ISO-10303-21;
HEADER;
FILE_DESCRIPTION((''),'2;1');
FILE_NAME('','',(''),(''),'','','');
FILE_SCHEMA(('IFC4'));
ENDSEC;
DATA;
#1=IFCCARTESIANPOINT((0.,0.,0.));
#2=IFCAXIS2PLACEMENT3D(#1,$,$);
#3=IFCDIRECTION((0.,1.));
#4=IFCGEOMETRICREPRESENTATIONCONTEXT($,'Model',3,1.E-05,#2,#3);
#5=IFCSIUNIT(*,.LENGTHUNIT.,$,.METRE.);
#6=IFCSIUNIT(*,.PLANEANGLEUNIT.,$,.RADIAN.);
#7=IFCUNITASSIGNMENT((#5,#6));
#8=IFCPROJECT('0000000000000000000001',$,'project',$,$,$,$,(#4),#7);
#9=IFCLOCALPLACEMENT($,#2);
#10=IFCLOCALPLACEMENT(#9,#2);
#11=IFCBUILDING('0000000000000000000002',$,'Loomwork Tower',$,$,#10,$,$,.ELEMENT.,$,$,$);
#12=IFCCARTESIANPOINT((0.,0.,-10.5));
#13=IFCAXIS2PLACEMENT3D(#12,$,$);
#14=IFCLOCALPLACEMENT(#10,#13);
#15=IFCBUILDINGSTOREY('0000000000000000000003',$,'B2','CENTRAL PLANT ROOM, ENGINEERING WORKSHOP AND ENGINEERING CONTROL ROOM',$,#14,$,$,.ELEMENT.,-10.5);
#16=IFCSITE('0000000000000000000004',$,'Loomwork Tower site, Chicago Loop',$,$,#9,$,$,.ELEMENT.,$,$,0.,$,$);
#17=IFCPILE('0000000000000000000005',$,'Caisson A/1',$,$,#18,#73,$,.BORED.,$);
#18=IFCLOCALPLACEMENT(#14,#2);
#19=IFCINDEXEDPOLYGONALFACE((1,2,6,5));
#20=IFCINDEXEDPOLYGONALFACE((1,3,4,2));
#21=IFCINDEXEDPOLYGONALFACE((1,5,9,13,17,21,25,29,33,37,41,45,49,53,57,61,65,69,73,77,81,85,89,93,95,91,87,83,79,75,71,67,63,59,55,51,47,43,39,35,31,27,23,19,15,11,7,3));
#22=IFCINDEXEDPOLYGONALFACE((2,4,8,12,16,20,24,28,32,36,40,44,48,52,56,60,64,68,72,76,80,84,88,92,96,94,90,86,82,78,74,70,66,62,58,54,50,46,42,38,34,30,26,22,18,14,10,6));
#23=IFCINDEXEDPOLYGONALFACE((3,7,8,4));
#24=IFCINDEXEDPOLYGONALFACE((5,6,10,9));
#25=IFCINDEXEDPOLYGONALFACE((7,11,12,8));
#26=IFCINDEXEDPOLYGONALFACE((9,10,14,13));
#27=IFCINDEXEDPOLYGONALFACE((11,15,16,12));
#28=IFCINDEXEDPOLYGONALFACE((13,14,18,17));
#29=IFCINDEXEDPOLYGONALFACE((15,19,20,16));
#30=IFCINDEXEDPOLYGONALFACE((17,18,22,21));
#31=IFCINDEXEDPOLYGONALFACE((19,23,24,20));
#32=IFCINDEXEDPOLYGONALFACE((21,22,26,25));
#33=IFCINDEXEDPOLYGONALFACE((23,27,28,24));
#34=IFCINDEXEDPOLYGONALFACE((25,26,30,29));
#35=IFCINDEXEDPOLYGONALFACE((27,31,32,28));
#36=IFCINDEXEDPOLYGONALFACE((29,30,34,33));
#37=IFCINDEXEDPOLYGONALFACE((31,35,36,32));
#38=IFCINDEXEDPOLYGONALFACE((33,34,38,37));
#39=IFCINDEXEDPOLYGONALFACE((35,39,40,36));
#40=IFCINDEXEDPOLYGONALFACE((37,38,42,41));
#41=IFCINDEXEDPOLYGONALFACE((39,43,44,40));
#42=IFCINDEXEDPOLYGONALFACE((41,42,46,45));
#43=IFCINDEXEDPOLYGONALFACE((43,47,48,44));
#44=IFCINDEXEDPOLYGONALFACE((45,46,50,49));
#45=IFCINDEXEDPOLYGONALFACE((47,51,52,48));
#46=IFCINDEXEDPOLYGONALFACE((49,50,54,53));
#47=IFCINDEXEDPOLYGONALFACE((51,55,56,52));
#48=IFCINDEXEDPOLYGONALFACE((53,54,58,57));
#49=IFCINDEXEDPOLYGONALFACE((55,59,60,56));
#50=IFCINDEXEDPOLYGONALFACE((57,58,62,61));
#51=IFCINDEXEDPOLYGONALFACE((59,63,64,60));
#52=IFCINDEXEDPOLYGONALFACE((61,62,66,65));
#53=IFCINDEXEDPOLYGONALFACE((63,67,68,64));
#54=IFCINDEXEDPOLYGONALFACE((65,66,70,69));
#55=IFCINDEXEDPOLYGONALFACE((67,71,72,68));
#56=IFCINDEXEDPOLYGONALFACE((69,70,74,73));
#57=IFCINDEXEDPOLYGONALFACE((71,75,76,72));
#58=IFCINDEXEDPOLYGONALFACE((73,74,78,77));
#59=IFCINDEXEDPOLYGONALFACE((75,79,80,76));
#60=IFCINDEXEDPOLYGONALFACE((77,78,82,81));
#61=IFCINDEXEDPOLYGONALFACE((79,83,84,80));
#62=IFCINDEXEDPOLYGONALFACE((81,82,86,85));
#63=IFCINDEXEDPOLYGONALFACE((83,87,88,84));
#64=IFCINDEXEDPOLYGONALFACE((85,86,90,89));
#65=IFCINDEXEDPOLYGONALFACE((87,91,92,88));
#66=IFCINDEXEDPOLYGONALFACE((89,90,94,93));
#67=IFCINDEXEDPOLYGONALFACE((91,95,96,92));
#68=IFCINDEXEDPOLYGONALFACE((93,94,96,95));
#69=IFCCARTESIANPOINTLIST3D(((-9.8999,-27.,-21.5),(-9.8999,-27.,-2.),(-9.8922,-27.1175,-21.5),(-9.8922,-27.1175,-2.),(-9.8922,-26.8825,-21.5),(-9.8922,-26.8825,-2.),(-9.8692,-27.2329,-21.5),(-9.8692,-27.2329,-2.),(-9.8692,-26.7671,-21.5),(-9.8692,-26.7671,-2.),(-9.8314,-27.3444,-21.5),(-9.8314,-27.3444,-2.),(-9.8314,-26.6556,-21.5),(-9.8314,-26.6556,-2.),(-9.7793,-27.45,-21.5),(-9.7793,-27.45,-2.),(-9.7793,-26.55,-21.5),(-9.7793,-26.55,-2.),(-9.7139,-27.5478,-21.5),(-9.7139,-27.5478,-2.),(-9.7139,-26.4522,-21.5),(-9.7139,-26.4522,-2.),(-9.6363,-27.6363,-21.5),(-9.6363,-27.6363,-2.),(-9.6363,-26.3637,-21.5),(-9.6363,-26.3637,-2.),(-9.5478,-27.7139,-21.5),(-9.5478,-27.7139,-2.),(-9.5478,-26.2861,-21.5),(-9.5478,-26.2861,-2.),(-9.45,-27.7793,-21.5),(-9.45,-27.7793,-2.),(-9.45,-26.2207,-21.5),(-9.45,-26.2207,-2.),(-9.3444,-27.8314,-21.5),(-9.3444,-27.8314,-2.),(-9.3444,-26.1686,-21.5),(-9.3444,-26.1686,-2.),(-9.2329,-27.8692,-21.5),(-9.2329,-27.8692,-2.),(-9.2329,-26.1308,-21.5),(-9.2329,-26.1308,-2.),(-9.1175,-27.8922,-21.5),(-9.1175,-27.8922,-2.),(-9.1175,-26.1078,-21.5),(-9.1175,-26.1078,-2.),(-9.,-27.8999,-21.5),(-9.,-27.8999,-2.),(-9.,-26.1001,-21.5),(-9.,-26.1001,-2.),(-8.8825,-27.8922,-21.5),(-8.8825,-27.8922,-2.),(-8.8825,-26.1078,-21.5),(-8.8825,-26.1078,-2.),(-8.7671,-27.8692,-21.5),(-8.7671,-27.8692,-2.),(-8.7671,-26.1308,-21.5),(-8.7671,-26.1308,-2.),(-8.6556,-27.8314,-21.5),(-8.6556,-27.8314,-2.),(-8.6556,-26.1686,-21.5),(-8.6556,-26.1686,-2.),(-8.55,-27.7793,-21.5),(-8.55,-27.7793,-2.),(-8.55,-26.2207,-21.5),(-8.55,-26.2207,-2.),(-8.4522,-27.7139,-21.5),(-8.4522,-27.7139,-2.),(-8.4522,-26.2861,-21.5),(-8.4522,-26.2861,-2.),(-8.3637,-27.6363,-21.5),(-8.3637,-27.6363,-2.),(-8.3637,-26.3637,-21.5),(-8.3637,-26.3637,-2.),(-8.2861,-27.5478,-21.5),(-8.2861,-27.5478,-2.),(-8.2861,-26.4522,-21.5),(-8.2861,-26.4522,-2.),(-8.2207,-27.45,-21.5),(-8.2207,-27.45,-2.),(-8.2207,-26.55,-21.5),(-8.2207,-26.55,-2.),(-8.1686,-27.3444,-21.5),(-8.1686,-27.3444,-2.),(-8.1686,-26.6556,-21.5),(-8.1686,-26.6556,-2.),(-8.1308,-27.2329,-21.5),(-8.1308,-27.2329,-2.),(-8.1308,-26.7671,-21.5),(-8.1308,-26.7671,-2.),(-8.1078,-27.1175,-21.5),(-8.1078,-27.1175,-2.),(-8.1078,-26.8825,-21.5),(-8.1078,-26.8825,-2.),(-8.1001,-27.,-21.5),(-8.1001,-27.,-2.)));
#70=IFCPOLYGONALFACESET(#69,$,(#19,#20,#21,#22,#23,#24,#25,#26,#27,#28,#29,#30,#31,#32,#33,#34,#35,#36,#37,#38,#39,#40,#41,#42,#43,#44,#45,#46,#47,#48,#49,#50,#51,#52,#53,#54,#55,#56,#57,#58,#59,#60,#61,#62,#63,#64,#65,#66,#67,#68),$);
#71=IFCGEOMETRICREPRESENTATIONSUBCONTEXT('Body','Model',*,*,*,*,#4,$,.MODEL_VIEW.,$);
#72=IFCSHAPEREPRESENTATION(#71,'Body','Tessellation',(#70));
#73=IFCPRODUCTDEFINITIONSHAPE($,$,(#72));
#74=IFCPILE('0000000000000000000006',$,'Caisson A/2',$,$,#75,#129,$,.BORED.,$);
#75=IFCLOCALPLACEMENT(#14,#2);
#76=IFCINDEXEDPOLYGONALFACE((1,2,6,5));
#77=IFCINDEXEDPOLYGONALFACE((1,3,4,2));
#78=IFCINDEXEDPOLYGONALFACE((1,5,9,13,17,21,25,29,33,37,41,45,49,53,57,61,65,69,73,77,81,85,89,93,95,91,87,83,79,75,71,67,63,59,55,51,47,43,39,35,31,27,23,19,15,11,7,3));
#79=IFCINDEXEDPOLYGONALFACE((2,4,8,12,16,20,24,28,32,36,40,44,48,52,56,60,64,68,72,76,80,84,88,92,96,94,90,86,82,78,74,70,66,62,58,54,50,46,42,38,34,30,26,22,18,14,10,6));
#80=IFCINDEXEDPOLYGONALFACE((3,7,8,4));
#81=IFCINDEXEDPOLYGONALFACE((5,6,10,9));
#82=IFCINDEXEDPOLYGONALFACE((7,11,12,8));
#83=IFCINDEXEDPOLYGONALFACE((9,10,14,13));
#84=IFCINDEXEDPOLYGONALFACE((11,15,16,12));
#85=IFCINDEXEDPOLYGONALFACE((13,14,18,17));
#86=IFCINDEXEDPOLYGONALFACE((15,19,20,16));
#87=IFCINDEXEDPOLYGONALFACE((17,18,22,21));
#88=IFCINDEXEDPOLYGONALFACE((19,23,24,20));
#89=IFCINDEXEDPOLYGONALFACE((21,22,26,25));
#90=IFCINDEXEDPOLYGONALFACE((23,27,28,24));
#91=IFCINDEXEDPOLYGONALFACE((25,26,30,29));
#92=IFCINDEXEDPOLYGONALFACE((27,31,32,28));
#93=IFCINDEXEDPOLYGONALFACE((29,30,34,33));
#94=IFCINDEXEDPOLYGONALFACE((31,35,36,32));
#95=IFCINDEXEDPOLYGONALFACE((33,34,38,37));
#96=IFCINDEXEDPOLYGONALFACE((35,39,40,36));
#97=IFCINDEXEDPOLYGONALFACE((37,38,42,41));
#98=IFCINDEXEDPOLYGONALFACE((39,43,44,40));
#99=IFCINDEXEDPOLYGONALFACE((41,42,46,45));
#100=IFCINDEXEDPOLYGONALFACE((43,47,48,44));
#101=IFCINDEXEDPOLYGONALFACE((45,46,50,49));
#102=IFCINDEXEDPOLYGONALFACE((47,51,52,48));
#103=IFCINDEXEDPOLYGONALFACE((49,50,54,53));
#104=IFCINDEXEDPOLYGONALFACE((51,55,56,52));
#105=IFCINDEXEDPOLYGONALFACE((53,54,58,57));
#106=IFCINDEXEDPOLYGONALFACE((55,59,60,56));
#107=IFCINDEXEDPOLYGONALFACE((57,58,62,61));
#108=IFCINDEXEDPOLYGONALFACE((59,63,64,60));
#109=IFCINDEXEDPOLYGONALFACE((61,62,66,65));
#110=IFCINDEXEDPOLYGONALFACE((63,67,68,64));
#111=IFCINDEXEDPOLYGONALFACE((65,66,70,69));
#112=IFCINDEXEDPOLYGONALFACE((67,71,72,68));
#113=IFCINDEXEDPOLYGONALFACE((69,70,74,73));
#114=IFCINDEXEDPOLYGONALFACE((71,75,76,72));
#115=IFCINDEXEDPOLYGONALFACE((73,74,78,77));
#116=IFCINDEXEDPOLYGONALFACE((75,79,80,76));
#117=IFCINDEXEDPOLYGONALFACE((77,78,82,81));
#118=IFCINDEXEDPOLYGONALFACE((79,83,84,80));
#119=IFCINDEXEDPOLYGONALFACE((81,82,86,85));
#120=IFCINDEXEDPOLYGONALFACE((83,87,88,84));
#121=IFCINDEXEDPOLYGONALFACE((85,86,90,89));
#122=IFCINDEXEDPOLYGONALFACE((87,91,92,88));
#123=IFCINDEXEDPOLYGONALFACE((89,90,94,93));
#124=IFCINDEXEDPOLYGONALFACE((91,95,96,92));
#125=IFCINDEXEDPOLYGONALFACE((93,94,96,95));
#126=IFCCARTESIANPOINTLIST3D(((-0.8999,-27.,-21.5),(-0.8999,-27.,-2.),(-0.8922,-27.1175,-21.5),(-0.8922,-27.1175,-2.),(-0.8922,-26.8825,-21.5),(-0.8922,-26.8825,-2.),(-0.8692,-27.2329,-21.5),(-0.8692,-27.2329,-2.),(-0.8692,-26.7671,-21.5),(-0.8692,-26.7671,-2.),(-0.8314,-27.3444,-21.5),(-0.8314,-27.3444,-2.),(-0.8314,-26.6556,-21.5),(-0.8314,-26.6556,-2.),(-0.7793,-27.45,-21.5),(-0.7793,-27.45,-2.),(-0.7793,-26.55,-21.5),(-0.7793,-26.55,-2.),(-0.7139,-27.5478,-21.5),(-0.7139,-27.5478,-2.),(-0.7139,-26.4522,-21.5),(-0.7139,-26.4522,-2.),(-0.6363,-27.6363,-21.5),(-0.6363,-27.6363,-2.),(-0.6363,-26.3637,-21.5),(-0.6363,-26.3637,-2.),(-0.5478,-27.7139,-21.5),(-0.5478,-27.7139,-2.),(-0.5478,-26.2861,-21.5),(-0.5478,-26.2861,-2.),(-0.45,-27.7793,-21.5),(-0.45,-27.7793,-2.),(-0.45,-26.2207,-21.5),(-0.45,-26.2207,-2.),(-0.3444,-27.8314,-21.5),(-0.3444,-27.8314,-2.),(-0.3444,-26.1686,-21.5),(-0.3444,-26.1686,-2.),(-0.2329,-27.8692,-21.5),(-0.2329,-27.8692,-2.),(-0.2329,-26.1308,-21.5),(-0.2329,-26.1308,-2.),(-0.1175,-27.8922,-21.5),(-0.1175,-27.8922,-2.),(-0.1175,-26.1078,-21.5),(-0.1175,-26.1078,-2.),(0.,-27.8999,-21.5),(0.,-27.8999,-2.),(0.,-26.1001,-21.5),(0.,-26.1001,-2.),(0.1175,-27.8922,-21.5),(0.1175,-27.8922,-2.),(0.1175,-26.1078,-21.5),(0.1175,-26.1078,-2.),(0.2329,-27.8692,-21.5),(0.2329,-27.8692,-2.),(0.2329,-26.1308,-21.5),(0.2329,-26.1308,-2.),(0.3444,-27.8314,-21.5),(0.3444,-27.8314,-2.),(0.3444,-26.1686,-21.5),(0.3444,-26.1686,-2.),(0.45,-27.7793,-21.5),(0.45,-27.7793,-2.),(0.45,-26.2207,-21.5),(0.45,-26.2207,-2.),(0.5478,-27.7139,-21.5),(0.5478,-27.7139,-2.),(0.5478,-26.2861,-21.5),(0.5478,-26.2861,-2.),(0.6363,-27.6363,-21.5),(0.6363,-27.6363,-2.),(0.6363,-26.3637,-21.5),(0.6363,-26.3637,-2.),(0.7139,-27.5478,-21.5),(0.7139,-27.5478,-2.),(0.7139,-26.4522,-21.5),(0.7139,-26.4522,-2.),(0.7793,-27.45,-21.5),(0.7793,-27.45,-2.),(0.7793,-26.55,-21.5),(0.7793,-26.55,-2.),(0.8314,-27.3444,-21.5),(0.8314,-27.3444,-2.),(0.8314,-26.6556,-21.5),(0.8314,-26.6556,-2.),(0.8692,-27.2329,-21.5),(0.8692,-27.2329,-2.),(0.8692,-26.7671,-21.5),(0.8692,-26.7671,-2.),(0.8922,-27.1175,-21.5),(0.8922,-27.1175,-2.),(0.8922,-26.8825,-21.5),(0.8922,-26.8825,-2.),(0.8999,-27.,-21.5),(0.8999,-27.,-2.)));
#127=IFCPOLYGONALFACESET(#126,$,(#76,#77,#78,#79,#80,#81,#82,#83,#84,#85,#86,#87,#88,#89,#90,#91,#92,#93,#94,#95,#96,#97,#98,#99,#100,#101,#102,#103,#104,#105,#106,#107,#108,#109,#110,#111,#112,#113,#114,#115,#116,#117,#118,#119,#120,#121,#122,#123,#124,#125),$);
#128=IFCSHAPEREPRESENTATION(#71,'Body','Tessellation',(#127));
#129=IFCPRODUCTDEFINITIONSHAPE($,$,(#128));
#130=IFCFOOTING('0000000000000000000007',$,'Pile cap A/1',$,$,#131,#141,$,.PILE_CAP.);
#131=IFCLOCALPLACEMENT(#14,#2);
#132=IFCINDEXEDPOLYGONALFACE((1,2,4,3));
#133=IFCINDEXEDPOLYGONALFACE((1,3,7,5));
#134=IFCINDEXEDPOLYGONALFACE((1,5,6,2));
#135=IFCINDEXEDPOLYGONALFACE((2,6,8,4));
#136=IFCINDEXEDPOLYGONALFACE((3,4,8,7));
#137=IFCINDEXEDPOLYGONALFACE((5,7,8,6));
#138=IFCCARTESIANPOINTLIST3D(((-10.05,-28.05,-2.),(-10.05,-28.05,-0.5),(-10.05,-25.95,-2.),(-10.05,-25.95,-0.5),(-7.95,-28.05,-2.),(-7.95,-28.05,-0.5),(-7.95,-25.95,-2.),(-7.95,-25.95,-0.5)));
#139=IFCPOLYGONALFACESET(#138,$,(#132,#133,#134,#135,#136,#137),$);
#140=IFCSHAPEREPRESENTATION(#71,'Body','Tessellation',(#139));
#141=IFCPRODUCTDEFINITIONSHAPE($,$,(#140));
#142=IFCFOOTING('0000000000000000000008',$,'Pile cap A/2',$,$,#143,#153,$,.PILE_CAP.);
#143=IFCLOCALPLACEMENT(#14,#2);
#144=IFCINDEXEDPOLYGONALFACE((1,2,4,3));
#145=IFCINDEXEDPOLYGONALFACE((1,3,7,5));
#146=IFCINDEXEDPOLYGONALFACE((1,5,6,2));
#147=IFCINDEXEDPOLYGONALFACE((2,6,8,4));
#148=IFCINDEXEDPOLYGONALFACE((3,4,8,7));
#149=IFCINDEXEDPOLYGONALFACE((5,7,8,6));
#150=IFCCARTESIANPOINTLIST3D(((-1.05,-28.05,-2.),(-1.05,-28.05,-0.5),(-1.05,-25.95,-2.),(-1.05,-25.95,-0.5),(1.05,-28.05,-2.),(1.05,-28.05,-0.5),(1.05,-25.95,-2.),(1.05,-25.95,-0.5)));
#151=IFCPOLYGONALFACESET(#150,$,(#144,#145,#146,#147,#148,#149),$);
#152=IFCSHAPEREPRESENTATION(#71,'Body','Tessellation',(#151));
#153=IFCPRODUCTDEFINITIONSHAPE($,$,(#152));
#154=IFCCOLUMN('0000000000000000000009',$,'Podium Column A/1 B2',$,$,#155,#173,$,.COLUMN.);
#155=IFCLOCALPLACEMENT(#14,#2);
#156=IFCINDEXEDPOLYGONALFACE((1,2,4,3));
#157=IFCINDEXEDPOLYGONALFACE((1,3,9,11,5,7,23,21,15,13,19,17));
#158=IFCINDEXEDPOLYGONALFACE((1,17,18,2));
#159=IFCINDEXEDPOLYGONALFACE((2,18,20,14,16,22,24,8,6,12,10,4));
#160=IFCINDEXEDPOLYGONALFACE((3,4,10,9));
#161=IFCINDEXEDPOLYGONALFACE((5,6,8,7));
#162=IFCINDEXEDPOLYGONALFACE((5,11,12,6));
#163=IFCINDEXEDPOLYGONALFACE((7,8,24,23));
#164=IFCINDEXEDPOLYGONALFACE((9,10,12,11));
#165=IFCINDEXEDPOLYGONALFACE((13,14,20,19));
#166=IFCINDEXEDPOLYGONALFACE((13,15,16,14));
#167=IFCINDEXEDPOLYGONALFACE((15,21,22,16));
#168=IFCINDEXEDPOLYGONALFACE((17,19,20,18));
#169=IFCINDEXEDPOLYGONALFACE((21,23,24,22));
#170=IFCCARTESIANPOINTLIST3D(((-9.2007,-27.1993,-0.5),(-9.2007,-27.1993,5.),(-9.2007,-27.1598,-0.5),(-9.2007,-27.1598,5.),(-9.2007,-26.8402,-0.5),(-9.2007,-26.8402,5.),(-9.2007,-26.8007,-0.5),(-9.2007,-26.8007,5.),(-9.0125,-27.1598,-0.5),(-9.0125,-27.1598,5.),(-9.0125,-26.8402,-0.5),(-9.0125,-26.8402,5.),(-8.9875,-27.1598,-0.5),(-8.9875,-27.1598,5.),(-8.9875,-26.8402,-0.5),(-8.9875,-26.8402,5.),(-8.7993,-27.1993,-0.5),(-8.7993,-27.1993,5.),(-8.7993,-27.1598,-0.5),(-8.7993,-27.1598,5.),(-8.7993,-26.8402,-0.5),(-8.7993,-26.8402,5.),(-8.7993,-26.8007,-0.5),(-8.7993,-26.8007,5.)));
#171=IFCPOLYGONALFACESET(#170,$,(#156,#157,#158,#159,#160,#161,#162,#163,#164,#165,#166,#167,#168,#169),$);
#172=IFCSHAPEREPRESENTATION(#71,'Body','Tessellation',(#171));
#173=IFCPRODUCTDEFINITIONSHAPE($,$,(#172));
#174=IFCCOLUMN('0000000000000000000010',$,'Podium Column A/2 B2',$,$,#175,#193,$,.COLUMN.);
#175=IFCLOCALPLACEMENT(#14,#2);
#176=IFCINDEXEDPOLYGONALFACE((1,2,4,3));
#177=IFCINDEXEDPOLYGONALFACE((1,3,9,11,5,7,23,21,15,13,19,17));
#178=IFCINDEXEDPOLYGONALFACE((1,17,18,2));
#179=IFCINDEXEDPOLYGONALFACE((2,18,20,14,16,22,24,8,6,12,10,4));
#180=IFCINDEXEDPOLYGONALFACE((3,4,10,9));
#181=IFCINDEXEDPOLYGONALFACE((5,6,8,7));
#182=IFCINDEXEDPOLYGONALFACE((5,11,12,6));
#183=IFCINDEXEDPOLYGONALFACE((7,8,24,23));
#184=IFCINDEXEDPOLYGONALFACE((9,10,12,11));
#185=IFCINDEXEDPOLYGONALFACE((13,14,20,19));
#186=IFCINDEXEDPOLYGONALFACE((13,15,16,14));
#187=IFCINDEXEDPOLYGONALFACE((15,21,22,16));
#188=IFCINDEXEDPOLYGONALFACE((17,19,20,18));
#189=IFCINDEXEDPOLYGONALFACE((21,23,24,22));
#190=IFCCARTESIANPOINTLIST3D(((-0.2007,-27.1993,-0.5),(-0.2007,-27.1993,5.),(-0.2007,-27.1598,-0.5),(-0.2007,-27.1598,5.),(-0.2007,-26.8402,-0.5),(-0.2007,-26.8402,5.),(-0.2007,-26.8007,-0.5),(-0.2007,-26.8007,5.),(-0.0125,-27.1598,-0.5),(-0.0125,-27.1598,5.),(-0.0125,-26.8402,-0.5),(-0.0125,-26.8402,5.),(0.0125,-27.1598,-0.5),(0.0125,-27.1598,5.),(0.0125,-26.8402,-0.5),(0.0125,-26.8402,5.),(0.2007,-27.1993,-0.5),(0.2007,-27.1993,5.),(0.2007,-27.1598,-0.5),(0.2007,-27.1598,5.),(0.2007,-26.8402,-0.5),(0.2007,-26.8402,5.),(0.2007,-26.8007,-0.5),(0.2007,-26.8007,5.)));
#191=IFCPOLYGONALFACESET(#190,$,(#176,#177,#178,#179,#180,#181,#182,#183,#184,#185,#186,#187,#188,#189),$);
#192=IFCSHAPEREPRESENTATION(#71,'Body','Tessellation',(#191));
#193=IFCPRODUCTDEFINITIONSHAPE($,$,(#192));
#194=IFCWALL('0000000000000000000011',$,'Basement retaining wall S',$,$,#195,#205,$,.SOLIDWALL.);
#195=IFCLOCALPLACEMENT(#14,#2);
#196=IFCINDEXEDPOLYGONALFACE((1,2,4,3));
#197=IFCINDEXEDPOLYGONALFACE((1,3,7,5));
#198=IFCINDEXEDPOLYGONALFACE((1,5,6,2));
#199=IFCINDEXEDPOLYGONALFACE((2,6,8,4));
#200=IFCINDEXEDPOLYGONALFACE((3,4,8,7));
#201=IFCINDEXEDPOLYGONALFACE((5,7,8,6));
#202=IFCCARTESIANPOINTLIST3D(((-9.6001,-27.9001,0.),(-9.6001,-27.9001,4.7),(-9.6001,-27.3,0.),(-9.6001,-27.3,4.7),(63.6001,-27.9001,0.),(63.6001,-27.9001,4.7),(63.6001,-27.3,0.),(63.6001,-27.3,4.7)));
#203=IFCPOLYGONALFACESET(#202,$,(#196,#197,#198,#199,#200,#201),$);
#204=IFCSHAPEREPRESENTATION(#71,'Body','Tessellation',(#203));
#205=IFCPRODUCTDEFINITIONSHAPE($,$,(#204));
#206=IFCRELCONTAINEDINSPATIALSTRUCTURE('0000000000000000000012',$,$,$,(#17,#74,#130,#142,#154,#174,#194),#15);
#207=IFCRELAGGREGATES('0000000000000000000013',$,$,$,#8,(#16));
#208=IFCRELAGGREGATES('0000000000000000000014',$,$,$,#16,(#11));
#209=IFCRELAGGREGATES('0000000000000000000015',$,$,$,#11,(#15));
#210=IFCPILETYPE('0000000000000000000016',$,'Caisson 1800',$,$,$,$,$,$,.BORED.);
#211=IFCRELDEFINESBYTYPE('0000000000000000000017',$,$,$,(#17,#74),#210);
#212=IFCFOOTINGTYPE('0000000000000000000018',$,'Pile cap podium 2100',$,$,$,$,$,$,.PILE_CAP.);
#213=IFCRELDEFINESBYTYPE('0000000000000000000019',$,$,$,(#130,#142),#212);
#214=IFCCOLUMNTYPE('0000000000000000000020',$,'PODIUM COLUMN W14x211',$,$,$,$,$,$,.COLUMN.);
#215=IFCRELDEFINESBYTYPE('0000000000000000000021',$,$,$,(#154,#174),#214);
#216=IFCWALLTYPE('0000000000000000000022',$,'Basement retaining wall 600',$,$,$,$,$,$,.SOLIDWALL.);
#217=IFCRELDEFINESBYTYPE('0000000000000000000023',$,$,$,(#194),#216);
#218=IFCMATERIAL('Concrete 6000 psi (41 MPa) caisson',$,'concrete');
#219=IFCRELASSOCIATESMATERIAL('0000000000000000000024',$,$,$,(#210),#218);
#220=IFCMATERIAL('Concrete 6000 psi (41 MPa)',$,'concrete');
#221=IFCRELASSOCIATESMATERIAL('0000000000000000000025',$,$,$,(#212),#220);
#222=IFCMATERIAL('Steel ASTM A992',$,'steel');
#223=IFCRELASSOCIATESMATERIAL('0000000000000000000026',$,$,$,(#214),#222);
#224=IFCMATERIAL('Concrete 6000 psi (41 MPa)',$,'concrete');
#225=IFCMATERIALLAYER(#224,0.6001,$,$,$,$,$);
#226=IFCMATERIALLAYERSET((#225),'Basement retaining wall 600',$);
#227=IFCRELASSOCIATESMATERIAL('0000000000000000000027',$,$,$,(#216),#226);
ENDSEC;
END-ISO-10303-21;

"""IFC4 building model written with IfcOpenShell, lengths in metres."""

from ifc_helpers import new_model, si_unit, direction, frame, frame_2d, origin, origin_2d, place, context, subcontext, project, spatial, rectangle, circle, i_section, extrude, material, layer, layer_set, material_profile, profile_set, type_object, element, save


model = new_model("IFC4")

# Units and contexts
model_context = context("Model", 3, precision=1e-05, world=origin(), true_north=direction((0.0, 1.0)))
body_context = subcontext(model_context, "Body", "Model", "MODEL_VIEW")
ifc_project = project(units=[si_unit("LENGTHUNIT", "METRE"), si_unit("PLANEANGLEUNIT", "RADIAN")], contexts=[model_context])

# Site, building, storey
site_placement = place(None, origin())
site = spatial("IfcSite", under=ifc_project, at=site_placement, Name="Loomwork Tower site, Chicago Loop", CompositionType="ELEMENT", RefElevation=0.0)
building_placement = place(site_placement, origin())
building = spatial("IfcBuilding", under=site, at=building_placement, Name="Loomwork Tower", CompositionType="ELEMENT")
storey_placement = place(building_placement, frame((0.0, 0.0, -10.5)))
storey = spatial("IfcBuildingStorey", under=building, at=storey_placement, Name="B2", Description="CENTRAL PLANT ROOM, ENGINEERING WORKSHOP AND ENGINEERING CONTROL ROOM", CompositionType="ELEMENT", Elevation=-10.5)

# Piles
ifc_material_1 = material(Name="Concrete 6000 psi (41 MPa) caisson", Category="concrete")
ifc_material_profile_1 = material_profile(ifc_material_1, circle(Radius=0.8999, at=origin_2d()), Name="D1800")
ifc_profile_set_1 = profile_set([ifc_material_profile_1], Name="Concrete 6000 psi (41 MPa) caisson")
pile_type = type_object("IfcPileType", Name="Caisson 1800", PredefinedType="BORED", material=ifc_profile_set_1)
for number, where, z_axis, x_axis, name in (
    (1, (-9.0, -27.0, -2.0), (0.0, 0.0, -1.0), (1.0, 0.0, 0.0), "Caisson A/1"),
    (2, (0.0, -27.0, -2.0), (0.0, 0.0, -1.0), (1.0, 0.0, 0.0), "Caisson A/2"),
):
    element("IfcPile", number, at=place(storey_placement, frame(where, z_axis=z_axis, x_axis=x_axis)), inside=storey, type_object=pile_type, Name=name, PredefinedType="BORED", context=body_context, shape_type="SweptSolid", body=[
        extrude(circle(Radius=0.8999, at=origin_2d()), origin(), (0.0, 0.0, 1.0), 19.5),
    ])

# Footings
ifc_material_2 = material(Name="Concrete 6000 psi (41 MPa)", Category="concrete")
footing_type = type_object("IfcFootingType", Name="Pile cap podium 2100", PredefinedType="PILE_CAP", material=ifc_material_2)
for number, where, z_axis, x_axis, name in (
    (3, (-9.0, -27.0, -2.0), (0.0, 0.0, 1.0), (1.0, 0.0, 0.0), "Pile cap A/1"),
    (4, (0.0, -27.0, -2.0), (0.0, 0.0, 1.0), (1.0, 0.0, 0.0), "Pile cap A/2"),
):
    element("IfcFooting", number, at=place(storey_placement, frame(where, z_axis=z_axis, x_axis=x_axis)), inside=storey, type_object=footing_type, Name=name, PredefinedType="PILE_CAP", context=body_context, shape_type="SweptSolid", body=[
        extrude(rectangle(XDim=2.1001, YDim=2.1001, at=origin_2d()), origin(), (0.0, 0.0, 1.0), 1.5),
    ])

# Columns
ifc_material_3 = material(Name="Steel ASTM A992", Category="steel")
ifc_material_profile_2 = material_profile(ifc_material_3, i_section(OverallWidth=0.4014, OverallDepth=0.3987, WebThickness=0.0249, FlangeThickness=0.0396, at=origin_2d()), Name="W14x211")
ifc_profile_set_2 = profile_set([ifc_material_profile_2], Name="Steel ASTM A992")
column_type = type_object("IfcColumnType", Name="PODIUM COLUMN W14x211", PredefinedType="COLUMN", material=ifc_profile_set_2)
for number, where, z_axis, x_axis, name in (
    (5, (-9.0, -27.0, -0.5), (0.0, 0.0, 1.0), (1.0, 0.0, 0.0), "Podium Column A/1 B2"),
    (6, (0.0, -27.0, -0.5), (0.0, 0.0, 1.0), (1.0, 0.0, 0.0), "Podium Column A/2 B2"),
):
    element("IfcColumn", number, at=place(storey_placement, frame(where, z_axis=z_axis, x_axis=x_axis)), inside=storey, type_object=column_type, Name=name, PredefinedType="COLUMN", context=body_context, shape_type="SweptSolid", body=[
        extrude(i_section(OverallWidth=0.4014, OverallDepth=0.3987, WebThickness=0.0249, FlangeThickness=0.0396, at=origin_2d()), origin(), (0.0, 0.0, 1.0), 5.5),
    ])

# Wall
ifc_material_4 = material(Name="Concrete 6000 psi (41 MPa)", Category="concrete")
ifc_layer_1 = layer(ifc_material_4, 0.6001)
ifc_layer_set_1 = layer_set([ifc_layer_1], Name="Basement retaining wall 600")
wall_type_1 = type_object("IfcWallType", Name="Basement retaining wall 600", PredefinedType="SOLIDWALL", material=ifc_layer_set_1)
wall_1_placement = place(storey_placement, frame((-9.6001, -27.6001, 0.0), z_axis=(0.0, 0.0, 1.0), x_axis=(1.0, 0.0, 0.0)))
element("IfcWall", 7, at=wall_1_placement, inside=storey, type_object=wall_type_1, Name="Basement retaining wall S", PredefinedType="SOLIDWALL", context=body_context, shape_type="SweptSolid", body=[
    extrude(rectangle(XDim=73.2002, YDim=0.6001, at=frame_2d((36.6001, 0.0))), origin(), (0.0, 0.0, 1.0), 4.7),
])

save(model, "model.ifc")
